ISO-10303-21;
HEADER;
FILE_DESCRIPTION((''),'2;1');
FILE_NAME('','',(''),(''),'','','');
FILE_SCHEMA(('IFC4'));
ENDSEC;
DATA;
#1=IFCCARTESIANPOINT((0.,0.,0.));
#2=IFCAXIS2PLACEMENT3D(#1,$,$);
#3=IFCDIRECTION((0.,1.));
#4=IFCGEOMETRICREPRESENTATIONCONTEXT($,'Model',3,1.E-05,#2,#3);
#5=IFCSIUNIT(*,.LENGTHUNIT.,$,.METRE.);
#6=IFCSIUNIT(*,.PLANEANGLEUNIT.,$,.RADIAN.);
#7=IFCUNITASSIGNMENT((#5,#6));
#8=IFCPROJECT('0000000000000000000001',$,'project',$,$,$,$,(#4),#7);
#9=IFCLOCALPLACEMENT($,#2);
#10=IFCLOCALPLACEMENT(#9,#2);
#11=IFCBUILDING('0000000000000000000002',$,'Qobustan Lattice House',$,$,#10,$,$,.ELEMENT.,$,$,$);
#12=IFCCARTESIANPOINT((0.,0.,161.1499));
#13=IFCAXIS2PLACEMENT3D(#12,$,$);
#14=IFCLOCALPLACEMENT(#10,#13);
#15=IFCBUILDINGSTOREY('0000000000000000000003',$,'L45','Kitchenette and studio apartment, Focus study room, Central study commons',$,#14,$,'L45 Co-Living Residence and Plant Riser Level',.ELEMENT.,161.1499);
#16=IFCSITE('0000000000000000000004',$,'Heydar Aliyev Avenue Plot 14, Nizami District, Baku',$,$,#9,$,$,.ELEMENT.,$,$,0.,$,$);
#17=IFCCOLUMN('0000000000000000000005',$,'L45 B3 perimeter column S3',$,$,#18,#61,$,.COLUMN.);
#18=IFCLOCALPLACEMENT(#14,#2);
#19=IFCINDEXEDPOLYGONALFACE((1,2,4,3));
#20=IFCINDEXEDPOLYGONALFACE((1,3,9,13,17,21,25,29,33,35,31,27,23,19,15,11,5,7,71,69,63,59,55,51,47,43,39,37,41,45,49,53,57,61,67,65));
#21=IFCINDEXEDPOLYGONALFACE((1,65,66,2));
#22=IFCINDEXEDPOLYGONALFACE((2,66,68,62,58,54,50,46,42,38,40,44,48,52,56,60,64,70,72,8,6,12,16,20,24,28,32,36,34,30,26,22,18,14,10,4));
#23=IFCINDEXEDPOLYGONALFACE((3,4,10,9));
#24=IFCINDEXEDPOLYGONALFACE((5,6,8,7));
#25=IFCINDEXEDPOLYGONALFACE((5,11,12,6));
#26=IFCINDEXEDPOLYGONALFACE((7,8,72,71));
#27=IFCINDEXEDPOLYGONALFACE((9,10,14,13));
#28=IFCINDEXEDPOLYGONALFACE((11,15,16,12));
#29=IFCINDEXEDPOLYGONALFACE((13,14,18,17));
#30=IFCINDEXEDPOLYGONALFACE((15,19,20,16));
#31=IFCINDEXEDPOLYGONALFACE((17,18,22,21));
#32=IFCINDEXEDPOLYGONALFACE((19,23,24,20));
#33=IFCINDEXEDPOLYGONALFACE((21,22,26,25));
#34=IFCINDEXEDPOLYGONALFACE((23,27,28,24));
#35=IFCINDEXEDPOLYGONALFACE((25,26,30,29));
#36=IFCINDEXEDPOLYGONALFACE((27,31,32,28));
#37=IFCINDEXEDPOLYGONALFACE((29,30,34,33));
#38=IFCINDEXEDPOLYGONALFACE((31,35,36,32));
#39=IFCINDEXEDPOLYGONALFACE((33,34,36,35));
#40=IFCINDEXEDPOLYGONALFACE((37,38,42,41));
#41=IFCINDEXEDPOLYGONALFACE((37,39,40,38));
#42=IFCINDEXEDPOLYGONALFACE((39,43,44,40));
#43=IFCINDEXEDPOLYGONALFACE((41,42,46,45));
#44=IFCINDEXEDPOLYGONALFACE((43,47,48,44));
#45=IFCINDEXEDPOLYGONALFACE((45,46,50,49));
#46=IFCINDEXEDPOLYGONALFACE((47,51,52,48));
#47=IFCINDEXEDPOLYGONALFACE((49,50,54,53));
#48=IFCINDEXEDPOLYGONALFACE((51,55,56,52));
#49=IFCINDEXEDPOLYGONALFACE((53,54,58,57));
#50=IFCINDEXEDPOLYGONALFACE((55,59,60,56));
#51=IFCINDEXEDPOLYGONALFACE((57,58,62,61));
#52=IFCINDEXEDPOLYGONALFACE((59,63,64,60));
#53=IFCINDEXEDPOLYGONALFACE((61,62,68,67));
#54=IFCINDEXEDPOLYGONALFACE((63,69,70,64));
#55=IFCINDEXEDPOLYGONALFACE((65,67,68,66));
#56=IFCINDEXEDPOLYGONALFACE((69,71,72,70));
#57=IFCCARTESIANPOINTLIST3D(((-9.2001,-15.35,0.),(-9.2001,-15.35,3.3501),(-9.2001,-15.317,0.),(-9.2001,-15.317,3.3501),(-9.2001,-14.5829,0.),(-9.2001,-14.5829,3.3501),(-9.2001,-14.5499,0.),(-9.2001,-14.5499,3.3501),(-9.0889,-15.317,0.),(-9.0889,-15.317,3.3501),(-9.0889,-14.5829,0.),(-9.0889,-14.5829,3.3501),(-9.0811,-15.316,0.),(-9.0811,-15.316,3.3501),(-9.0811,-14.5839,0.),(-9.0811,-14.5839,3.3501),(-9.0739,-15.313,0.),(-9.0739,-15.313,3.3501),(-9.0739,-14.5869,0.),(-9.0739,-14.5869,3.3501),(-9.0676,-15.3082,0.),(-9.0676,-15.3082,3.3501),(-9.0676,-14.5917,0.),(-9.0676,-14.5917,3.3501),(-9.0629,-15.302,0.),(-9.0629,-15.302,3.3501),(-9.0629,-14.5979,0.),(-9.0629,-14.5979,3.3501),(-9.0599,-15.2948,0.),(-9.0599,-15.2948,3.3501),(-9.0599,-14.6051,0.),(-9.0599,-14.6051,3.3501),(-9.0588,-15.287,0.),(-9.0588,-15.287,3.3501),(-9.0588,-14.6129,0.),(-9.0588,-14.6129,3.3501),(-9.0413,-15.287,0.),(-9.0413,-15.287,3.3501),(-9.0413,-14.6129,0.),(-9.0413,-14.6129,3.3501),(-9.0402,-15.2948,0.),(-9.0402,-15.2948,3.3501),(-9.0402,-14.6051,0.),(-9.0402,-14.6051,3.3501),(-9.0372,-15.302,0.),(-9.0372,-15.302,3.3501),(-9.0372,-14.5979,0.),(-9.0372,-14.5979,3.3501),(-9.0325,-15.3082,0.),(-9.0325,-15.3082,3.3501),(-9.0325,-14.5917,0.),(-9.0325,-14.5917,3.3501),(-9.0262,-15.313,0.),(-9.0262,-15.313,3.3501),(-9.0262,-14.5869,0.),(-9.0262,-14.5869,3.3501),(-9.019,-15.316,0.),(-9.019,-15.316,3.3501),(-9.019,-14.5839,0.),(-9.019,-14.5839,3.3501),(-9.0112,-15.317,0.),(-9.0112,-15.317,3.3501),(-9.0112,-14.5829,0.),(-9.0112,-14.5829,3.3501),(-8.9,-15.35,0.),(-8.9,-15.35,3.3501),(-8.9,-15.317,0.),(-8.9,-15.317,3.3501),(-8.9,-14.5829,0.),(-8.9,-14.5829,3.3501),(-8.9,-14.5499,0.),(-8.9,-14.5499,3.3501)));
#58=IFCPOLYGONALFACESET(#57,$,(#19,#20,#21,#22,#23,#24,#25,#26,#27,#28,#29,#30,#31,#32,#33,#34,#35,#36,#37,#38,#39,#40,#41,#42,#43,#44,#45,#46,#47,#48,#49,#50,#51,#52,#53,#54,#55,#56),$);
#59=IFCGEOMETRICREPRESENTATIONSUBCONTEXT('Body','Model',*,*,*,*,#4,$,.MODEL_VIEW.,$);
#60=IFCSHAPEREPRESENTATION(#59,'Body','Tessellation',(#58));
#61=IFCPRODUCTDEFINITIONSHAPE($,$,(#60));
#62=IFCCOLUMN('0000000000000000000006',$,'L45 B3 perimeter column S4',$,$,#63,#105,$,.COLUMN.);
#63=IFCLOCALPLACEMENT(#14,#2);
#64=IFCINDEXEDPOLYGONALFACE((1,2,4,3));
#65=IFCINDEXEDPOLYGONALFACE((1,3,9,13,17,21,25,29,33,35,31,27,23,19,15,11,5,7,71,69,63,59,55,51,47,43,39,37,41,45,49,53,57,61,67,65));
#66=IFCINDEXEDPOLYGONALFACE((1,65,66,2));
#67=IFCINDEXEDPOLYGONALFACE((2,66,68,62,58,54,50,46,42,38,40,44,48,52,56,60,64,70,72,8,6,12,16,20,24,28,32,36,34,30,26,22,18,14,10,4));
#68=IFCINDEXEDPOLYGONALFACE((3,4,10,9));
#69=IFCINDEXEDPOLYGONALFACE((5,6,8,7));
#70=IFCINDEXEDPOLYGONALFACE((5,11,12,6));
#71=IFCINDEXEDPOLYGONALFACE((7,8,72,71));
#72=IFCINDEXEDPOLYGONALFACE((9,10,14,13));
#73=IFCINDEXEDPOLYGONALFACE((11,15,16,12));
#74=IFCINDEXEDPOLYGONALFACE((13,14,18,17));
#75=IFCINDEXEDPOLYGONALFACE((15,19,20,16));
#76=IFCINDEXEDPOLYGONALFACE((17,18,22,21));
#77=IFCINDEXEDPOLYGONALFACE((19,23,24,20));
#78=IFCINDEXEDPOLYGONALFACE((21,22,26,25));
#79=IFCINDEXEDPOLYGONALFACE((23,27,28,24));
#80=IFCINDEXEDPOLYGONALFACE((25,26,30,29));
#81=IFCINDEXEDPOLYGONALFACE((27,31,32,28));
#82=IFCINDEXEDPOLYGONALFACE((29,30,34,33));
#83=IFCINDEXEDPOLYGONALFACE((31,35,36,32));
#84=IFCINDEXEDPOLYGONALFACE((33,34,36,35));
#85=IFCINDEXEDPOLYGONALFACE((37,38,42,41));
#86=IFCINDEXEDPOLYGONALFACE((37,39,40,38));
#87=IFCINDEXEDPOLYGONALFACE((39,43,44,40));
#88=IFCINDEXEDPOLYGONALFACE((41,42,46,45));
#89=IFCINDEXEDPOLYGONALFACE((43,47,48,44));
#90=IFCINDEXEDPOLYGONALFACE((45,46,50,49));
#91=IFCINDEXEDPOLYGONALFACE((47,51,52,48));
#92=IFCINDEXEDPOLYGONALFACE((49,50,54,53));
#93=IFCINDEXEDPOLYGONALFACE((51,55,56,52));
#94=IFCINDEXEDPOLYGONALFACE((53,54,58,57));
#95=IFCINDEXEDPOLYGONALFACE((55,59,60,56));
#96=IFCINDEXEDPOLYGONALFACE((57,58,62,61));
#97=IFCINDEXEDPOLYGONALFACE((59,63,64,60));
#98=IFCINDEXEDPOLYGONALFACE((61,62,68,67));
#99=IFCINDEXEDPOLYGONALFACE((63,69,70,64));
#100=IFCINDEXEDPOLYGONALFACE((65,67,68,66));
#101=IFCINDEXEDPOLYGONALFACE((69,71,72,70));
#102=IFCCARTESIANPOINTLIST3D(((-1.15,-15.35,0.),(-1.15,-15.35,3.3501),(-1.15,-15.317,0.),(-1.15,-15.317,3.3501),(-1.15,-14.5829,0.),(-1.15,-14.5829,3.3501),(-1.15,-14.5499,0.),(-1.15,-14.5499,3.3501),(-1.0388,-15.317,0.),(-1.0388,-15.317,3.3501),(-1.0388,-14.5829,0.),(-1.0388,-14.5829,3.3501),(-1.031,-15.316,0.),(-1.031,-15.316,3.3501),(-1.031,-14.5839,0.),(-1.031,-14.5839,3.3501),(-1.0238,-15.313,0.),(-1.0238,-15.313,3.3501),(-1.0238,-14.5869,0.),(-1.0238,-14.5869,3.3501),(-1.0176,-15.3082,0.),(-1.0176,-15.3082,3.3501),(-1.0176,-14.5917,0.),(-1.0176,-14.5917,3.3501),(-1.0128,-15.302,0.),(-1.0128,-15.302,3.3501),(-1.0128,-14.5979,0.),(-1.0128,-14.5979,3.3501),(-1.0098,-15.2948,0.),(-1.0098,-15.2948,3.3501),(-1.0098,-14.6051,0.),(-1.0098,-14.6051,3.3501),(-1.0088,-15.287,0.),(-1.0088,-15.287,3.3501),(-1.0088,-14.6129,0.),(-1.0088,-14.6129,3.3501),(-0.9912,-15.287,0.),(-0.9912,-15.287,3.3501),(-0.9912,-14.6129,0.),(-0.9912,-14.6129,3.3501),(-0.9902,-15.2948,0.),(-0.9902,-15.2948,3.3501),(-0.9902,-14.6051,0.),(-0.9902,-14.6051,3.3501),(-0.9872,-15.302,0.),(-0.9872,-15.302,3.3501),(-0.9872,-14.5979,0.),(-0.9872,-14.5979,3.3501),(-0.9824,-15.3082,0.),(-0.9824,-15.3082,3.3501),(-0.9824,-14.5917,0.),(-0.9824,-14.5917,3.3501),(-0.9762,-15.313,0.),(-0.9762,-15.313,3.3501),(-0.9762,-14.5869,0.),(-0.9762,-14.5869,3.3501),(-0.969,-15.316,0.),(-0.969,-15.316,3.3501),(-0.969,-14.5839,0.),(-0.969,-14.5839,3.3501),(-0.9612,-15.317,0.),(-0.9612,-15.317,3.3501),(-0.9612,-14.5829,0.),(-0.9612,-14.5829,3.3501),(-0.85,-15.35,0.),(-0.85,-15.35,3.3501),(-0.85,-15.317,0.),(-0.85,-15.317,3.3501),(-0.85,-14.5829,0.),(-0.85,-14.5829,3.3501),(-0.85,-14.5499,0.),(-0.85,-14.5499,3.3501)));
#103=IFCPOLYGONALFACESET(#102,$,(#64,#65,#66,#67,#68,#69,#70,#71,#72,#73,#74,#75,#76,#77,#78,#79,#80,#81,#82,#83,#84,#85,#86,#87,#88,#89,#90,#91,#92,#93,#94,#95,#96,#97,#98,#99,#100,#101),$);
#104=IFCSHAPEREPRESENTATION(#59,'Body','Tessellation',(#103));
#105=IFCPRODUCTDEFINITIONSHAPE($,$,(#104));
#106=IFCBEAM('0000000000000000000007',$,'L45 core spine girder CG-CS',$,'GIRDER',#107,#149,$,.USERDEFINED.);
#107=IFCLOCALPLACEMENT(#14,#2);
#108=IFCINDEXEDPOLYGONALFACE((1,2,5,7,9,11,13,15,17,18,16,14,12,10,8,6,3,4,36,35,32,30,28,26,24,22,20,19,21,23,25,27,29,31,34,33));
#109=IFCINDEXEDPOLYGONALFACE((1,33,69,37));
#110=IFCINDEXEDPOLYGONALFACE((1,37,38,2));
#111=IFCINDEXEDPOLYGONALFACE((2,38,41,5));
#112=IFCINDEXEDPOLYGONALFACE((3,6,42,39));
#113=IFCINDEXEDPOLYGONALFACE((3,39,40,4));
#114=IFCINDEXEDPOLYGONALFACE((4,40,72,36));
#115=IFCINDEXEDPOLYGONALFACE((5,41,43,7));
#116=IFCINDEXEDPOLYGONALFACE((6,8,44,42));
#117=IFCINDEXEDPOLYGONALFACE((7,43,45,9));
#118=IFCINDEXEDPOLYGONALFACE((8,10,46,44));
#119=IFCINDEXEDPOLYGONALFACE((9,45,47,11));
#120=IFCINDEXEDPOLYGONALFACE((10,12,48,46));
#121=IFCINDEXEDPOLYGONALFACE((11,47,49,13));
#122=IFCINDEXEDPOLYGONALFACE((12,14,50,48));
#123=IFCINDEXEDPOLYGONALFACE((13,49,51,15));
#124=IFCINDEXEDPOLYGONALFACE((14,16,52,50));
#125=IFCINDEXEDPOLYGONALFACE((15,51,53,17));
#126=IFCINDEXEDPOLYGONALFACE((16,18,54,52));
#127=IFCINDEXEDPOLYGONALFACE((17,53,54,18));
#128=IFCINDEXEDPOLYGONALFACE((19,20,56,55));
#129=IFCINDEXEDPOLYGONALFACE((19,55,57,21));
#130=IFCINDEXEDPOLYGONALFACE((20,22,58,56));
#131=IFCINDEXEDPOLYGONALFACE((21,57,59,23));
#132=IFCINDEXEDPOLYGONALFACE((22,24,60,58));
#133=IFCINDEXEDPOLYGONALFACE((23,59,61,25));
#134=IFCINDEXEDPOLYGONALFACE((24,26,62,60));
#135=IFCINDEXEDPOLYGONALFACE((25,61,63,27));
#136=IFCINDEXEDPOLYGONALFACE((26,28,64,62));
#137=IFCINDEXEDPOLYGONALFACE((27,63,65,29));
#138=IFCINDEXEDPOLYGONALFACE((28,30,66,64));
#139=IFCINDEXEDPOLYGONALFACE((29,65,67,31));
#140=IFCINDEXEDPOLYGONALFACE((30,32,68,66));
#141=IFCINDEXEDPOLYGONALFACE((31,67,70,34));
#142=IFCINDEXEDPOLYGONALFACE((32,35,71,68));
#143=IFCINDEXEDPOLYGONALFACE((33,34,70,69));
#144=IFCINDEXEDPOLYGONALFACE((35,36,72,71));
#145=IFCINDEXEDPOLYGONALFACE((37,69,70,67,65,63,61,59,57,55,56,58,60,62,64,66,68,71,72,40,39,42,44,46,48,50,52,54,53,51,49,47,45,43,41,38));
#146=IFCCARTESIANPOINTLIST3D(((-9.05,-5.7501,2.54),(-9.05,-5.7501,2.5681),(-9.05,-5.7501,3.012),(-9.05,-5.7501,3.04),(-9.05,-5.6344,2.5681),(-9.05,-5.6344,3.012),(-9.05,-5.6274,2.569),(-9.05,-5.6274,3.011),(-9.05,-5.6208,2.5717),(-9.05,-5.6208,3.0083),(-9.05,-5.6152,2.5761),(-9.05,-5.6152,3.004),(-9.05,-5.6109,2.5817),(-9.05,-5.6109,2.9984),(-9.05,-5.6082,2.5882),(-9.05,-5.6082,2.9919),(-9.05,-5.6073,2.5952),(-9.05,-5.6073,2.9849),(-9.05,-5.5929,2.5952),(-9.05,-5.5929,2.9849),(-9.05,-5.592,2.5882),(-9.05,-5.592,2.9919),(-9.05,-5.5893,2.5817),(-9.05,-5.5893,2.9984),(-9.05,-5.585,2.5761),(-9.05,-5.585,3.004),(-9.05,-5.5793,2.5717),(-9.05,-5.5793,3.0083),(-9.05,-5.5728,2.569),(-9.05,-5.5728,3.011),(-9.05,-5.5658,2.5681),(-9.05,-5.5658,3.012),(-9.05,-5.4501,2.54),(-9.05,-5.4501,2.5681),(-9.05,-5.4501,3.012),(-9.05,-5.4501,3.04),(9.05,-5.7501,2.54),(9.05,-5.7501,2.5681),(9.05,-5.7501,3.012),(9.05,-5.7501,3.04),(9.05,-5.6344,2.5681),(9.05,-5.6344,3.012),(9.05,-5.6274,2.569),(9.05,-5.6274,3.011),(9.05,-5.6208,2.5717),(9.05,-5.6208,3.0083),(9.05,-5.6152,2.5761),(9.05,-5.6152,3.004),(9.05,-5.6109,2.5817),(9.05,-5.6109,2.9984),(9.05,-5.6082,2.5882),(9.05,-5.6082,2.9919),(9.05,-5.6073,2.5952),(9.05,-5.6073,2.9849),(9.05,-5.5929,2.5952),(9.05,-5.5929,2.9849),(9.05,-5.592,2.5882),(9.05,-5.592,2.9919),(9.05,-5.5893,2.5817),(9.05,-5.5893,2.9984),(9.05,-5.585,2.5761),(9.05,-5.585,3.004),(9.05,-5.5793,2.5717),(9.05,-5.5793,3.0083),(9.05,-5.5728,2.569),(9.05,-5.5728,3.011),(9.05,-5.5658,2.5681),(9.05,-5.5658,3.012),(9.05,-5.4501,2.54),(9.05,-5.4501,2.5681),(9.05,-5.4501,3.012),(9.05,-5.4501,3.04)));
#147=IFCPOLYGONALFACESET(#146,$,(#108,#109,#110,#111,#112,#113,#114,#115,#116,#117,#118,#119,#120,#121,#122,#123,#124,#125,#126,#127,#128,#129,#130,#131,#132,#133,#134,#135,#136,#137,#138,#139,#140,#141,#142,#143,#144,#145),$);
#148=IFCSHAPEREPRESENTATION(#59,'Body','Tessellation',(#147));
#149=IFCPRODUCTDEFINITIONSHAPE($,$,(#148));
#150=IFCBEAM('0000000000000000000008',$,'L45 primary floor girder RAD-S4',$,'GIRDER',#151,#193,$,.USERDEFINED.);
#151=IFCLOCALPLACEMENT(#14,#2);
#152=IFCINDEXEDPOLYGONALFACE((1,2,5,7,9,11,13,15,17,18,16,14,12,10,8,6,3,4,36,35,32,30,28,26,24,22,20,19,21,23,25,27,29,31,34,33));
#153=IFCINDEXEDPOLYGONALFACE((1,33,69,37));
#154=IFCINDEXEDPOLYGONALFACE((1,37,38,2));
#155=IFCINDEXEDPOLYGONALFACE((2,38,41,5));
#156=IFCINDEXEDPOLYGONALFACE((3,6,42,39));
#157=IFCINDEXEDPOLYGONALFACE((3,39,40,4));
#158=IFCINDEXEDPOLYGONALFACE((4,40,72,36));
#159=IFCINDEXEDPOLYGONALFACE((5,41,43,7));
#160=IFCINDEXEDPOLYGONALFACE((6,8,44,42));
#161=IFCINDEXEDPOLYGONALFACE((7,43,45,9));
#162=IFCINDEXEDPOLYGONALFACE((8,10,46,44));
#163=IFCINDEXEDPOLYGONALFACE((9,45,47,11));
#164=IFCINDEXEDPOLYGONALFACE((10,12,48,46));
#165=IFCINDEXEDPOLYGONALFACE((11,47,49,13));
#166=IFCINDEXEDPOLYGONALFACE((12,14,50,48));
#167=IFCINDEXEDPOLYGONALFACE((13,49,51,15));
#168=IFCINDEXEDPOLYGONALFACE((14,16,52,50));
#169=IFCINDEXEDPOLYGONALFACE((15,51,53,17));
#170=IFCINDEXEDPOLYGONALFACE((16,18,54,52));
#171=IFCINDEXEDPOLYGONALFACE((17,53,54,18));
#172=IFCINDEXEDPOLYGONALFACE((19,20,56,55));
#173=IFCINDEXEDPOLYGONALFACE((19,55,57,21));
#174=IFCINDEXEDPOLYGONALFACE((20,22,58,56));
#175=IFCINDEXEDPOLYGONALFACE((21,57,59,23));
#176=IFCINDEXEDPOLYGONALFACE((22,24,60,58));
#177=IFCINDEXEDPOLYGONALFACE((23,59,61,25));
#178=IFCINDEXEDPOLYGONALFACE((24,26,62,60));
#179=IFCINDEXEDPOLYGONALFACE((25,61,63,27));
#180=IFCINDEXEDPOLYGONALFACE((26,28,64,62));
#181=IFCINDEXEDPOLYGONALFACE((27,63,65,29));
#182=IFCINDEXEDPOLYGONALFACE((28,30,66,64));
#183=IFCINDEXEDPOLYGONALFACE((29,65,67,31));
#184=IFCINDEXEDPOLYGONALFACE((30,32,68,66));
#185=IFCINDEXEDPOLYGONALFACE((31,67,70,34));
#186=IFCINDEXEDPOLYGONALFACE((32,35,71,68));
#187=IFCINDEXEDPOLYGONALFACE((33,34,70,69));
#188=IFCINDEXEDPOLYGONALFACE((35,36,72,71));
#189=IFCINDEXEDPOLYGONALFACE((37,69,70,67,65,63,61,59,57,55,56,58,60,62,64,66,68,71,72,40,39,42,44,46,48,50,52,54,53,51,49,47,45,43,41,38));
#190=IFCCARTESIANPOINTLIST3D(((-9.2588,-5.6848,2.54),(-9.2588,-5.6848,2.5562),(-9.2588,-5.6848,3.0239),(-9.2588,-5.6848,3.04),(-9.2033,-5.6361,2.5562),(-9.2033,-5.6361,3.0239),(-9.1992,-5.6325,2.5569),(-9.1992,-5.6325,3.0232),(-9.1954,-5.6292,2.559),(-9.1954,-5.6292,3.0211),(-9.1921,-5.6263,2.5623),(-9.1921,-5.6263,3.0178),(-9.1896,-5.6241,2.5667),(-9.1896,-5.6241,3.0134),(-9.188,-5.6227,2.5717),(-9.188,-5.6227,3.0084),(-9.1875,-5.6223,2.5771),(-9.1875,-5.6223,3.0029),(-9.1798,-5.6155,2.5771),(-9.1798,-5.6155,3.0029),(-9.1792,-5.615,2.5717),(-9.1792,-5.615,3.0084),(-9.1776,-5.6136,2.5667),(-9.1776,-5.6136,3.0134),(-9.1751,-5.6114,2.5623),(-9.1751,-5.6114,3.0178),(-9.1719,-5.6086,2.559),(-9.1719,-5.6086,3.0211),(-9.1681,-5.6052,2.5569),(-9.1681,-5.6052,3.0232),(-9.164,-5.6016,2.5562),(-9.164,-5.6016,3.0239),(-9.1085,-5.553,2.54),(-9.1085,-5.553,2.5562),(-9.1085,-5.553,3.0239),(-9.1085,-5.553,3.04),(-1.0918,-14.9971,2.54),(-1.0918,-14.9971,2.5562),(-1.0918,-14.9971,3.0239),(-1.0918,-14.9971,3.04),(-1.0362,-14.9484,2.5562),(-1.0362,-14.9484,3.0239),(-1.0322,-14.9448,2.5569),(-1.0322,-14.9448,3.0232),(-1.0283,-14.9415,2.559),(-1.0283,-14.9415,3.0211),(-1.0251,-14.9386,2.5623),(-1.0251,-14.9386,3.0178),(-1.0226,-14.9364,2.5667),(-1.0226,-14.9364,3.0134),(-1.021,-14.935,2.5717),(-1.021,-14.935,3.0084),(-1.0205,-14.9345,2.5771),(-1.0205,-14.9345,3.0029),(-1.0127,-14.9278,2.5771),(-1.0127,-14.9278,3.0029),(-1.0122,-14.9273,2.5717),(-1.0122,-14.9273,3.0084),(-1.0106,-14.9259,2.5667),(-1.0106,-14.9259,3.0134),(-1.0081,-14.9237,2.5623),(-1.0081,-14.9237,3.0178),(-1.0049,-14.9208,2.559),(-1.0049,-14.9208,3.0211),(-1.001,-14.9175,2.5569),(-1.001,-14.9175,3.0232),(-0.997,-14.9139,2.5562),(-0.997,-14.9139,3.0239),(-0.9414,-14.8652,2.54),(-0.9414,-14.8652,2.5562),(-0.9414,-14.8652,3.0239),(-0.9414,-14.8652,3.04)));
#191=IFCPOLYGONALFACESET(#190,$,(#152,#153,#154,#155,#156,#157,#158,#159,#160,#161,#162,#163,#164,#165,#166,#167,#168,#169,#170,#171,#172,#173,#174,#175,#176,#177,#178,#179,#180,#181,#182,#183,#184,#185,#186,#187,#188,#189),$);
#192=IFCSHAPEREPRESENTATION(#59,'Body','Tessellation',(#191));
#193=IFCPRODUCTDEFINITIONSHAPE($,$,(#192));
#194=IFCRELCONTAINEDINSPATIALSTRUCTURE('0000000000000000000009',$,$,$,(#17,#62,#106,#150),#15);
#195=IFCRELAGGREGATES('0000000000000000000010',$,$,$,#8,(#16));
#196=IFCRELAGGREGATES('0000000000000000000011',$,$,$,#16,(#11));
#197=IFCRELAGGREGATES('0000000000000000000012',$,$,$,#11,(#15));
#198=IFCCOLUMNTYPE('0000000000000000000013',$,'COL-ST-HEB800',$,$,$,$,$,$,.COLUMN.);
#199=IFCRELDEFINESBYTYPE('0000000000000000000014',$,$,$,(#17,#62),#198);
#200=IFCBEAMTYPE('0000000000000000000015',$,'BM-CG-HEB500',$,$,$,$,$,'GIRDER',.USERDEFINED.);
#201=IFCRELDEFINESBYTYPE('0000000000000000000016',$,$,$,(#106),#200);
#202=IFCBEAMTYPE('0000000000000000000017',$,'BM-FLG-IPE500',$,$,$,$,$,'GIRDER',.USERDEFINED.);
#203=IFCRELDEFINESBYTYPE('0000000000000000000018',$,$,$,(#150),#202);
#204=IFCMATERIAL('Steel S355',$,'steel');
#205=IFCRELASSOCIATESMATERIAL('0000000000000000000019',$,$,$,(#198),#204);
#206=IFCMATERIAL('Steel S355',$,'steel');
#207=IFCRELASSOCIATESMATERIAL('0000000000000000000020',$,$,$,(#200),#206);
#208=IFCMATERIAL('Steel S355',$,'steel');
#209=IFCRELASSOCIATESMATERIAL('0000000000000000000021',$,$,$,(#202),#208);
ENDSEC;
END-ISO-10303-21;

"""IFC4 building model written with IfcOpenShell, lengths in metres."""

from ifc_helpers import new_model, si_unit, direction, frame, origin, origin_2d, place, context, subcontext, project, spatial, i_section, extrude, material, material_profile, profile_set, type_object, element, save


model = new_model("IFC4")

# Units and contexts
model_context = context("Model", 3, precision=1e-05, world=origin(), true_north=direction((0.0, 1.0)))
body_context = subcontext(model_context, "Body", "Model", "MODEL_VIEW")
ifc_project = project(units=[si_unit("LENGTHUNIT", "METRE"), si_unit("PLANEANGLEUNIT", "RADIAN")], contexts=[model_context])

# Site, building, storey
site_placement = place(None, origin())
site = spatial("IfcSite", under=ifc_project, at=site_placement, Name="Heydar Aliyev Avenue Plot 14, Nizami District, Baku", CompositionType="ELEMENT", RefElevation=0.0)
building_placement = place(site_placement, origin())
building = spatial("IfcBuilding", under=site, at=building_placement, Name="Qobustan Lattice House", CompositionType="ELEMENT")
storey_placement = place(building_placement, frame((0.0, 0.0, 161.1499)))
storey = spatial("IfcBuildingStorey", under=building, at=storey_placement, Name="L45", Description="Kitchenette and studio apartment, Focus study room, Central study commons", LongName="L45 Co-Living Residence and Plant Riser Level", CompositionType="ELEMENT", Elevation=161.1499)

# Columns
ifc_material_1 = material(Name="Steel S355", Category="steel")
ifc_material_profile_1 = material_profile(ifc_material_1, i_section(OverallWidth=0.3, OverallDepth=0.8, WebThickness=0.0176, FlangeThickness=0.033, FilletRadius=0.03, at=origin_2d()), Name="HEB800")
ifc_profile_set_1 = profile_set([ifc_material_profile_1], Name="Steel S355")
column_type = type_object("IfcColumnType", Name="COL-ST-HEB800", PredefinedType="COLUMN", material=ifc_profile_set_1)
for number, where, z_axis, x_axis, name in (
    (1, (-9.05, -14.95, 0.0), (0.0, 0.0, 1.0), (1.0, 0.0, 0.0), "L45 B3 perimeter column S3"),
    (2, (-1.0, -14.95, 0.0), (0.0, 0.0, 1.0), (1.0, 0.0, 0.0), "L45 B3 perimeter column S4"),
):
    element("IfcColumn", number, at=place(storey_placement, frame(where, z_axis=z_axis, x_axis=x_axis)), inside=storey, type_object=column_type, Name=name, PredefinedType="COLUMN", context=body_context, shape_type="SweptSolid", body=[
        extrude(i_section(OverallWidth=0.3, OverallDepth=0.8, WebThickness=0.0176, FlangeThickness=0.033, FilletRadius=0.03, at=origin_2d()), origin(), (0.0, 0.0, 1.0), 3.3501),
    ])

# Beams
ifc_material_2 = material(Name="Steel S355", Category="steel")
ifc_material_profile_2 = material_profile(ifc_material_2, i_section(OverallWidth=0.3, OverallDepth=0.5, WebThickness=0.0144, FlangeThickness=0.0281, FilletRadius=0.0271, at=origin_2d()), Name="HEB500")
ifc_profile_set_2 = profile_set([ifc_material_profile_2], Name="Steel S355")
beam_type_1 = type_object("IfcBeamType", Name="BM-CG-HEB500", ElementType="GIRDER", PredefinedType="USERDEFINED", material=ifc_profile_set_2)
beam_1_placement = place(storey_placement, frame((-9.05, -5.6001, 2.79), z_axis=(1.0, 0.0, 0.0), x_axis=(0.0, 1.0, 0.0)))
element("IfcBeam", 3, at=beam_1_placement, inside=storey, type_object=beam_type_1, Name="L45 core spine girder CG-CS", ObjectType="GIRDER", PredefinedType="USERDEFINED", context=body_context, shape_type="SweptSolid", body=[
    extrude(i_section(OverallWidth=0.3, OverallDepth=0.5, WebThickness=0.0144, FlangeThickness=0.0281, FilletRadius=0.0271, at=origin_2d()), origin(), (0.0, 0.0, 1.0), 18.1001),
])
ifc_material_3 = material(Name="Steel S355", Category="steel")
ifc_material_profile_3 = material_profile(ifc_material_3, i_section(OverallWidth=0.2, OverallDepth=0.5, WebThickness=0.0103, FlangeThickness=0.0161, FilletRadius=0.021, at=origin_2d()), Name="IPE500")
ifc_profile_set_3 = profile_set([ifc_material_profile_3], Name="Steel S355")
beam_type_2 = type_object("IfcBeamType", Name="BM-FLG-IPE500", ElementType="GIRDER", PredefinedType="USERDEFINED", material=ifc_profile_set_3)
beam_2_placement = place(storey_placement, frame((-1.0166, -14.9312, 2.79), z_axis=(-0.659362, 0.751825, 0.0), x_axis=(-0.751825, -0.659362, 0.0)))
element("IfcBeam", 4, at=beam_2_placement, inside=storey, type_object=beam_type_2, Name="L45 primary floor girder RAD-S4", ObjectType="GIRDER", PredefinedType="USERDEFINED", context=body_context, shape_type="SweptSolid", body=[
    extrude(i_section(OverallWidth=0.2, OverallDepth=0.5, WebThickness=0.0103, FlangeThickness=0.0161, FilletRadius=0.021, at=origin_2d()), origin(), (0.0, 0.0, 1.0), 12.3862),
])

save(model, "model.ifc")
